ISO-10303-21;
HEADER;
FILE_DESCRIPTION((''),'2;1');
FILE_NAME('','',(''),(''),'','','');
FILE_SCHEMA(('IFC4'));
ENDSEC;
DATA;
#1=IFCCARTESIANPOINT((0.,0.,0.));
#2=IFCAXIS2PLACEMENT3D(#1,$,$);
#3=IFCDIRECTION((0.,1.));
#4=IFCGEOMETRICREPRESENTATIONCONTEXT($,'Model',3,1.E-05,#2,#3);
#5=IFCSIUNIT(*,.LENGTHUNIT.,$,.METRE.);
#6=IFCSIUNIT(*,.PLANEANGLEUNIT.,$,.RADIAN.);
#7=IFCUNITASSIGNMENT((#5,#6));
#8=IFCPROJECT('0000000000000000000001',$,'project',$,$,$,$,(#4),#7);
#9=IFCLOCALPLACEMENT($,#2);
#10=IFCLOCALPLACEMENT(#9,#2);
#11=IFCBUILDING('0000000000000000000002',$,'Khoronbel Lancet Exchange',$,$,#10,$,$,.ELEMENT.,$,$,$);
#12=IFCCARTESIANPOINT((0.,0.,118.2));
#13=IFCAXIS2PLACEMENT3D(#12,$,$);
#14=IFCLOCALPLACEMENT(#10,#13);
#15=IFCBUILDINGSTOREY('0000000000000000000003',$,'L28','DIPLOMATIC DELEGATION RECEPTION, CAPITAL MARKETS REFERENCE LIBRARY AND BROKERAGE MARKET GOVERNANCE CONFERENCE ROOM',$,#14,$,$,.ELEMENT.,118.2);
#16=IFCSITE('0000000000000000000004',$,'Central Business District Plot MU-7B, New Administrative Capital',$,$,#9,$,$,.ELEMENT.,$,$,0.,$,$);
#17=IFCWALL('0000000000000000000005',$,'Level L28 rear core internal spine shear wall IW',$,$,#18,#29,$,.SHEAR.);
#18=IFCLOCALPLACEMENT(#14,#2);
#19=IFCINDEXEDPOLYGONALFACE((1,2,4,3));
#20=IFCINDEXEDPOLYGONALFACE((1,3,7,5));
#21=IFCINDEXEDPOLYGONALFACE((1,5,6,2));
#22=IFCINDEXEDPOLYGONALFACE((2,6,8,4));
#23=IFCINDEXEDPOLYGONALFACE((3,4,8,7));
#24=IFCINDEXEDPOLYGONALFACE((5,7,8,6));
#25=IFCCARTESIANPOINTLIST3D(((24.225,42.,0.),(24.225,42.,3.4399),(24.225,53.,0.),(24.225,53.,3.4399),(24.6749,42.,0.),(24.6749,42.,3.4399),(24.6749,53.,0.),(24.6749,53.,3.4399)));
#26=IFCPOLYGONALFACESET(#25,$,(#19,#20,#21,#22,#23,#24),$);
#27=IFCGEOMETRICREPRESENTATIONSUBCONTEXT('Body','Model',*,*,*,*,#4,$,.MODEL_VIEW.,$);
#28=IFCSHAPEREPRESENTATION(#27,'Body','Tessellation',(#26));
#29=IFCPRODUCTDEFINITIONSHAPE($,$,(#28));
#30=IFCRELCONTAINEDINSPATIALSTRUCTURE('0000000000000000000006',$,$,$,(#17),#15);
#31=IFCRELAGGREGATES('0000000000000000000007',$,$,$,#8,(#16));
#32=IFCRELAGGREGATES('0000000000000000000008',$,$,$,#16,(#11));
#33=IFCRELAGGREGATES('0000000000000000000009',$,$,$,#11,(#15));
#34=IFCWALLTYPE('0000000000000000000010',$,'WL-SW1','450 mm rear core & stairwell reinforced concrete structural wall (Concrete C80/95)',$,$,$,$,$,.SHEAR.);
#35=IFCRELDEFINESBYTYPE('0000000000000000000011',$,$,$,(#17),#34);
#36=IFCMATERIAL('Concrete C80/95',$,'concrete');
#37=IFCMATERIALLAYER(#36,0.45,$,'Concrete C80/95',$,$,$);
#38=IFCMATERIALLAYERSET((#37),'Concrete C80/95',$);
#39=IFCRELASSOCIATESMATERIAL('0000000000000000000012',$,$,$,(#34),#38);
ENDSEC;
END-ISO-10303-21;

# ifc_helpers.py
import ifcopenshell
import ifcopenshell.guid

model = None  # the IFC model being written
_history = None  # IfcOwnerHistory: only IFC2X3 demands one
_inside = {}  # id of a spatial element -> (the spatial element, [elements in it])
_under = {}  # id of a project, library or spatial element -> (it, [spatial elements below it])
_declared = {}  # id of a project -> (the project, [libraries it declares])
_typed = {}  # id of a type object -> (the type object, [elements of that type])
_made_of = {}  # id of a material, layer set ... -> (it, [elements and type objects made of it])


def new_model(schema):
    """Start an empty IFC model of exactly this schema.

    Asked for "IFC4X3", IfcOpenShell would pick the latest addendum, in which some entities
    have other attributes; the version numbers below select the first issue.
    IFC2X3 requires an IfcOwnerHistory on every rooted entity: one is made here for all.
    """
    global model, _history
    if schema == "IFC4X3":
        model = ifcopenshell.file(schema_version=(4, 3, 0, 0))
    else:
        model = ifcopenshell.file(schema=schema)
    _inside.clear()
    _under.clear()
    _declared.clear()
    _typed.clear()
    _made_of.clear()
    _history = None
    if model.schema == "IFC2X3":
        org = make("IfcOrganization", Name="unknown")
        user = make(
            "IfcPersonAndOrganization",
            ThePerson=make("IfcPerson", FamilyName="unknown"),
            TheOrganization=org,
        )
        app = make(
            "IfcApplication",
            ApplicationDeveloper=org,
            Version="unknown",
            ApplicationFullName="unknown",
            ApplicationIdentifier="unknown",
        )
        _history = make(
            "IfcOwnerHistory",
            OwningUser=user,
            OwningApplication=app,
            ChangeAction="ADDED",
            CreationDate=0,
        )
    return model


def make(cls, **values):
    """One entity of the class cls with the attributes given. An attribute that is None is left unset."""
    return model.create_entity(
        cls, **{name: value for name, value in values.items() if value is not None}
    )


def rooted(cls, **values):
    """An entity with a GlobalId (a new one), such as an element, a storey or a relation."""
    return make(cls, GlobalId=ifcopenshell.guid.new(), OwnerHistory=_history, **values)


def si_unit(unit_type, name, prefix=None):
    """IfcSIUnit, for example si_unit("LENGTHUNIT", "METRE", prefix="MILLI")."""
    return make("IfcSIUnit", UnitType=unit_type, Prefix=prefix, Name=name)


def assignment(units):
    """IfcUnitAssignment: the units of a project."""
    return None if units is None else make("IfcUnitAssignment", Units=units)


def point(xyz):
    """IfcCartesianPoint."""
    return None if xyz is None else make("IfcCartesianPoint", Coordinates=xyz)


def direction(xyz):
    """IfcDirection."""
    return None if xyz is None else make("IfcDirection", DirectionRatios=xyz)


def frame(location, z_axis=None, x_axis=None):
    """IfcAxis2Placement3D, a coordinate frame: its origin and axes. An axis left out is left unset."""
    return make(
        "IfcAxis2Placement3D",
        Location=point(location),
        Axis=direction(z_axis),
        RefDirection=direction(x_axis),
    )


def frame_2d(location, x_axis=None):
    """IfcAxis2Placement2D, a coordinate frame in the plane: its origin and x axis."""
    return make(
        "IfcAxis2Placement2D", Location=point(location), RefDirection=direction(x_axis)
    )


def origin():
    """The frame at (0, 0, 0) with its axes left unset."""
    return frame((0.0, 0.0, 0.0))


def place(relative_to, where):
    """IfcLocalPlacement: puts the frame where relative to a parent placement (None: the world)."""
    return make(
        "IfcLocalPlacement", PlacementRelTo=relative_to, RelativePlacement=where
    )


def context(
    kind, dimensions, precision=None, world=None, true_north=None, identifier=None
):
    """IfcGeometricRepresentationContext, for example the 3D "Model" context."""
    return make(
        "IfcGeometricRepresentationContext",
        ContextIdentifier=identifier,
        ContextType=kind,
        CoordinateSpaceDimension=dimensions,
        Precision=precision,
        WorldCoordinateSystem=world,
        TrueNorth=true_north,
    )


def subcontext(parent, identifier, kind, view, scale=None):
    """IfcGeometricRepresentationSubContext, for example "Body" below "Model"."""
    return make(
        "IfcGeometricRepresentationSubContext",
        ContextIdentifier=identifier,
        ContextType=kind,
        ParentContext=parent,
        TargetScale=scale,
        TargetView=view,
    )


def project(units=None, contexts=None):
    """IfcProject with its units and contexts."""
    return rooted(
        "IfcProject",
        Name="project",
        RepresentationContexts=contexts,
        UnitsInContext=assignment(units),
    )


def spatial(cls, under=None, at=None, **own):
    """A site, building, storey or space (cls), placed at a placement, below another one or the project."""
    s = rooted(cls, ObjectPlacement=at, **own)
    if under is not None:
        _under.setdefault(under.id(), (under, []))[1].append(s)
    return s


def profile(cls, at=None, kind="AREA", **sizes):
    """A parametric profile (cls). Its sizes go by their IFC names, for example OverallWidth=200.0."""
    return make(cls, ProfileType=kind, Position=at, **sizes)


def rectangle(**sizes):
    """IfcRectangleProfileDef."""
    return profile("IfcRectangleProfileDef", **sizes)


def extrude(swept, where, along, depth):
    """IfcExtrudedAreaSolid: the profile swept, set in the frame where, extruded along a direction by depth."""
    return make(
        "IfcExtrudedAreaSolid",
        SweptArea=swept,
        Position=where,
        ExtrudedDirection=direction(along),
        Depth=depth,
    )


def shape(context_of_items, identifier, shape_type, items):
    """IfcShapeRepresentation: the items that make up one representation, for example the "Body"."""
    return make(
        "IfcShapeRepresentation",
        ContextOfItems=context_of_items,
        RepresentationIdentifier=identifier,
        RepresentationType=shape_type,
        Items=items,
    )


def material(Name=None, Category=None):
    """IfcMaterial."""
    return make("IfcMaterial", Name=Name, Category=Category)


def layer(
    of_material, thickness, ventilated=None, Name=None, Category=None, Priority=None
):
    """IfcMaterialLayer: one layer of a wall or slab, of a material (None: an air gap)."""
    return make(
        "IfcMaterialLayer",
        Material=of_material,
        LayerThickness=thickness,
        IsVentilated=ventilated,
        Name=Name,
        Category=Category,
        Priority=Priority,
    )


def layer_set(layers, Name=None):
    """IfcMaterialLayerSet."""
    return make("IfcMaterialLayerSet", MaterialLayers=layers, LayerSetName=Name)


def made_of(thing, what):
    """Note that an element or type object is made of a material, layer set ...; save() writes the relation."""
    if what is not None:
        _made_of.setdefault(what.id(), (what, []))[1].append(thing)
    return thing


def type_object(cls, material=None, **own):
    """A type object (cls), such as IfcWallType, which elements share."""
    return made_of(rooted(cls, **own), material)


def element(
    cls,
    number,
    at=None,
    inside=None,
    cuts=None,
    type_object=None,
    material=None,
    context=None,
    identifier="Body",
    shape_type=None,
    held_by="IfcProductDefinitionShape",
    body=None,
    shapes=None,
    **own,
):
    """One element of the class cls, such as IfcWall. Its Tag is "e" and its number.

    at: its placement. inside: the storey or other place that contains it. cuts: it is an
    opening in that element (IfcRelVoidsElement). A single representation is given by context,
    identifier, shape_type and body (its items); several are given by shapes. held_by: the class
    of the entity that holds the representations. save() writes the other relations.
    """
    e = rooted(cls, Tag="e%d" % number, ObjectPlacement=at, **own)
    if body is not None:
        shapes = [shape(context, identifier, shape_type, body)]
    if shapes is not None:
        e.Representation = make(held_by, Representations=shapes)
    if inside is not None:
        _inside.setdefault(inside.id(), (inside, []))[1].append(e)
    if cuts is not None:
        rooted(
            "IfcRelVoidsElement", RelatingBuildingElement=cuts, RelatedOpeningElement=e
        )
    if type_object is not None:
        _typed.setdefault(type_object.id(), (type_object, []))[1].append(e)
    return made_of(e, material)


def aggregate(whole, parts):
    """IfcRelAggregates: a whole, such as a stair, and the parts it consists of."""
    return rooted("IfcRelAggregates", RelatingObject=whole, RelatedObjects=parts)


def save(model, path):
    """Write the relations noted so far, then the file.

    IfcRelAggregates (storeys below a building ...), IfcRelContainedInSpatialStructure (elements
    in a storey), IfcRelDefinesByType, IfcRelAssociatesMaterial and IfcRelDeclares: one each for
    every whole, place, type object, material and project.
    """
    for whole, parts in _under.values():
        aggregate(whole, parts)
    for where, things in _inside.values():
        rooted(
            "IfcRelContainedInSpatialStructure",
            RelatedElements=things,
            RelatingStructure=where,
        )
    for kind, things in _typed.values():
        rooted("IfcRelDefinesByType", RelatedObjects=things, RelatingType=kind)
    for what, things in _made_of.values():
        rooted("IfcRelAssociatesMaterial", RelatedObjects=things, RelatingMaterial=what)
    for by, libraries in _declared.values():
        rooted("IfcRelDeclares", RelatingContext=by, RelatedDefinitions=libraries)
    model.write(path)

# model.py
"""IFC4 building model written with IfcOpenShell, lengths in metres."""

from ifc_helpers import new_model, si_unit, direction, frame, frame_2d, origin, place, context, subcontext, project, spatial, rectangle, extrude, material, layer, layer_set, type_object, element, save


model = new_model("IFC4")

# Units and contexts
model_context = context("Model", 3, precision=1e-05, world=origin(), true_north=direction((0.0, 1.0)))
body_context = subcontext(model_context, "Body", "Model", "MODEL_VIEW")
ifc_project = project(units=[si_unit("LENGTHUNIT", "METRE"), si_unit("PLANEANGLEUNIT", "RADIAN")], contexts=[model_context])

# Site, building, storey
site_placement = place(None, origin())
site = spatial("IfcSite", under=ifc_project, at=site_placement, Name="Central Business District Plot MU-7B, New Administrative Capital", CompositionType="ELEMENT", RefElevation=0.0)
building_placement = place(site_placement, origin())
building = spatial("IfcBuilding", under=site, at=building_placement, Name="Khoronbel Lancet Exchange", CompositionType="ELEMENT")
storey_placement = place(building_placement, frame((0.0, 0.0, 118.2)))
storey = spatial("IfcBuildingStorey", under=building, at=storey_placement, Name="L28", Description="DIPLOMATIC DELEGATION RECEPTION, CAPITAL MARKETS REFERENCE LIBRARY AND BROKERAGE MARKET GOVERNANCE CONFERENCE ROOM", CompositionType="ELEMENT", Elevation=118.2)

# Wall
ifc_material_1 = material(Name="Concrete C80/95", Category="concrete")
ifc_layer_1 = layer(ifc_material_1, 0.45, Name="Concrete C80/95")
ifc_layer_set_1 = layer_set([ifc_layer_1], Name="Concrete C80/95")
wall_type_1 = type_object("IfcWallType", Name="WL-SW1", Description="450 mm rear core & stairwell reinforced concrete structural wall (Concrete C80/95)", PredefinedType="SHEAR", material=ifc_layer_set_1)
wall_1_placement = place(storey_placement, frame((24.45, 42.0, 0.0), z_axis=(0.0, 0.0, 1.0), x_axis=(0.0, 1.0, 0.0)))
element("IfcWall", 1, at=wall_1_placement, inside=storey, type_object=wall_type_1, Name="Level L28 rear core internal spine shear wall IW", PredefinedType="SHEAR", context=body_context, shape_type="SweptSolid", body=[
    extrude(rectangle(XDim=11.0, YDim=0.45, at=frame_2d((5.5, 0.0))), origin(), (0.0, 0.0, 1.0), 3.4399),
])

save(model, "model.ifc")
